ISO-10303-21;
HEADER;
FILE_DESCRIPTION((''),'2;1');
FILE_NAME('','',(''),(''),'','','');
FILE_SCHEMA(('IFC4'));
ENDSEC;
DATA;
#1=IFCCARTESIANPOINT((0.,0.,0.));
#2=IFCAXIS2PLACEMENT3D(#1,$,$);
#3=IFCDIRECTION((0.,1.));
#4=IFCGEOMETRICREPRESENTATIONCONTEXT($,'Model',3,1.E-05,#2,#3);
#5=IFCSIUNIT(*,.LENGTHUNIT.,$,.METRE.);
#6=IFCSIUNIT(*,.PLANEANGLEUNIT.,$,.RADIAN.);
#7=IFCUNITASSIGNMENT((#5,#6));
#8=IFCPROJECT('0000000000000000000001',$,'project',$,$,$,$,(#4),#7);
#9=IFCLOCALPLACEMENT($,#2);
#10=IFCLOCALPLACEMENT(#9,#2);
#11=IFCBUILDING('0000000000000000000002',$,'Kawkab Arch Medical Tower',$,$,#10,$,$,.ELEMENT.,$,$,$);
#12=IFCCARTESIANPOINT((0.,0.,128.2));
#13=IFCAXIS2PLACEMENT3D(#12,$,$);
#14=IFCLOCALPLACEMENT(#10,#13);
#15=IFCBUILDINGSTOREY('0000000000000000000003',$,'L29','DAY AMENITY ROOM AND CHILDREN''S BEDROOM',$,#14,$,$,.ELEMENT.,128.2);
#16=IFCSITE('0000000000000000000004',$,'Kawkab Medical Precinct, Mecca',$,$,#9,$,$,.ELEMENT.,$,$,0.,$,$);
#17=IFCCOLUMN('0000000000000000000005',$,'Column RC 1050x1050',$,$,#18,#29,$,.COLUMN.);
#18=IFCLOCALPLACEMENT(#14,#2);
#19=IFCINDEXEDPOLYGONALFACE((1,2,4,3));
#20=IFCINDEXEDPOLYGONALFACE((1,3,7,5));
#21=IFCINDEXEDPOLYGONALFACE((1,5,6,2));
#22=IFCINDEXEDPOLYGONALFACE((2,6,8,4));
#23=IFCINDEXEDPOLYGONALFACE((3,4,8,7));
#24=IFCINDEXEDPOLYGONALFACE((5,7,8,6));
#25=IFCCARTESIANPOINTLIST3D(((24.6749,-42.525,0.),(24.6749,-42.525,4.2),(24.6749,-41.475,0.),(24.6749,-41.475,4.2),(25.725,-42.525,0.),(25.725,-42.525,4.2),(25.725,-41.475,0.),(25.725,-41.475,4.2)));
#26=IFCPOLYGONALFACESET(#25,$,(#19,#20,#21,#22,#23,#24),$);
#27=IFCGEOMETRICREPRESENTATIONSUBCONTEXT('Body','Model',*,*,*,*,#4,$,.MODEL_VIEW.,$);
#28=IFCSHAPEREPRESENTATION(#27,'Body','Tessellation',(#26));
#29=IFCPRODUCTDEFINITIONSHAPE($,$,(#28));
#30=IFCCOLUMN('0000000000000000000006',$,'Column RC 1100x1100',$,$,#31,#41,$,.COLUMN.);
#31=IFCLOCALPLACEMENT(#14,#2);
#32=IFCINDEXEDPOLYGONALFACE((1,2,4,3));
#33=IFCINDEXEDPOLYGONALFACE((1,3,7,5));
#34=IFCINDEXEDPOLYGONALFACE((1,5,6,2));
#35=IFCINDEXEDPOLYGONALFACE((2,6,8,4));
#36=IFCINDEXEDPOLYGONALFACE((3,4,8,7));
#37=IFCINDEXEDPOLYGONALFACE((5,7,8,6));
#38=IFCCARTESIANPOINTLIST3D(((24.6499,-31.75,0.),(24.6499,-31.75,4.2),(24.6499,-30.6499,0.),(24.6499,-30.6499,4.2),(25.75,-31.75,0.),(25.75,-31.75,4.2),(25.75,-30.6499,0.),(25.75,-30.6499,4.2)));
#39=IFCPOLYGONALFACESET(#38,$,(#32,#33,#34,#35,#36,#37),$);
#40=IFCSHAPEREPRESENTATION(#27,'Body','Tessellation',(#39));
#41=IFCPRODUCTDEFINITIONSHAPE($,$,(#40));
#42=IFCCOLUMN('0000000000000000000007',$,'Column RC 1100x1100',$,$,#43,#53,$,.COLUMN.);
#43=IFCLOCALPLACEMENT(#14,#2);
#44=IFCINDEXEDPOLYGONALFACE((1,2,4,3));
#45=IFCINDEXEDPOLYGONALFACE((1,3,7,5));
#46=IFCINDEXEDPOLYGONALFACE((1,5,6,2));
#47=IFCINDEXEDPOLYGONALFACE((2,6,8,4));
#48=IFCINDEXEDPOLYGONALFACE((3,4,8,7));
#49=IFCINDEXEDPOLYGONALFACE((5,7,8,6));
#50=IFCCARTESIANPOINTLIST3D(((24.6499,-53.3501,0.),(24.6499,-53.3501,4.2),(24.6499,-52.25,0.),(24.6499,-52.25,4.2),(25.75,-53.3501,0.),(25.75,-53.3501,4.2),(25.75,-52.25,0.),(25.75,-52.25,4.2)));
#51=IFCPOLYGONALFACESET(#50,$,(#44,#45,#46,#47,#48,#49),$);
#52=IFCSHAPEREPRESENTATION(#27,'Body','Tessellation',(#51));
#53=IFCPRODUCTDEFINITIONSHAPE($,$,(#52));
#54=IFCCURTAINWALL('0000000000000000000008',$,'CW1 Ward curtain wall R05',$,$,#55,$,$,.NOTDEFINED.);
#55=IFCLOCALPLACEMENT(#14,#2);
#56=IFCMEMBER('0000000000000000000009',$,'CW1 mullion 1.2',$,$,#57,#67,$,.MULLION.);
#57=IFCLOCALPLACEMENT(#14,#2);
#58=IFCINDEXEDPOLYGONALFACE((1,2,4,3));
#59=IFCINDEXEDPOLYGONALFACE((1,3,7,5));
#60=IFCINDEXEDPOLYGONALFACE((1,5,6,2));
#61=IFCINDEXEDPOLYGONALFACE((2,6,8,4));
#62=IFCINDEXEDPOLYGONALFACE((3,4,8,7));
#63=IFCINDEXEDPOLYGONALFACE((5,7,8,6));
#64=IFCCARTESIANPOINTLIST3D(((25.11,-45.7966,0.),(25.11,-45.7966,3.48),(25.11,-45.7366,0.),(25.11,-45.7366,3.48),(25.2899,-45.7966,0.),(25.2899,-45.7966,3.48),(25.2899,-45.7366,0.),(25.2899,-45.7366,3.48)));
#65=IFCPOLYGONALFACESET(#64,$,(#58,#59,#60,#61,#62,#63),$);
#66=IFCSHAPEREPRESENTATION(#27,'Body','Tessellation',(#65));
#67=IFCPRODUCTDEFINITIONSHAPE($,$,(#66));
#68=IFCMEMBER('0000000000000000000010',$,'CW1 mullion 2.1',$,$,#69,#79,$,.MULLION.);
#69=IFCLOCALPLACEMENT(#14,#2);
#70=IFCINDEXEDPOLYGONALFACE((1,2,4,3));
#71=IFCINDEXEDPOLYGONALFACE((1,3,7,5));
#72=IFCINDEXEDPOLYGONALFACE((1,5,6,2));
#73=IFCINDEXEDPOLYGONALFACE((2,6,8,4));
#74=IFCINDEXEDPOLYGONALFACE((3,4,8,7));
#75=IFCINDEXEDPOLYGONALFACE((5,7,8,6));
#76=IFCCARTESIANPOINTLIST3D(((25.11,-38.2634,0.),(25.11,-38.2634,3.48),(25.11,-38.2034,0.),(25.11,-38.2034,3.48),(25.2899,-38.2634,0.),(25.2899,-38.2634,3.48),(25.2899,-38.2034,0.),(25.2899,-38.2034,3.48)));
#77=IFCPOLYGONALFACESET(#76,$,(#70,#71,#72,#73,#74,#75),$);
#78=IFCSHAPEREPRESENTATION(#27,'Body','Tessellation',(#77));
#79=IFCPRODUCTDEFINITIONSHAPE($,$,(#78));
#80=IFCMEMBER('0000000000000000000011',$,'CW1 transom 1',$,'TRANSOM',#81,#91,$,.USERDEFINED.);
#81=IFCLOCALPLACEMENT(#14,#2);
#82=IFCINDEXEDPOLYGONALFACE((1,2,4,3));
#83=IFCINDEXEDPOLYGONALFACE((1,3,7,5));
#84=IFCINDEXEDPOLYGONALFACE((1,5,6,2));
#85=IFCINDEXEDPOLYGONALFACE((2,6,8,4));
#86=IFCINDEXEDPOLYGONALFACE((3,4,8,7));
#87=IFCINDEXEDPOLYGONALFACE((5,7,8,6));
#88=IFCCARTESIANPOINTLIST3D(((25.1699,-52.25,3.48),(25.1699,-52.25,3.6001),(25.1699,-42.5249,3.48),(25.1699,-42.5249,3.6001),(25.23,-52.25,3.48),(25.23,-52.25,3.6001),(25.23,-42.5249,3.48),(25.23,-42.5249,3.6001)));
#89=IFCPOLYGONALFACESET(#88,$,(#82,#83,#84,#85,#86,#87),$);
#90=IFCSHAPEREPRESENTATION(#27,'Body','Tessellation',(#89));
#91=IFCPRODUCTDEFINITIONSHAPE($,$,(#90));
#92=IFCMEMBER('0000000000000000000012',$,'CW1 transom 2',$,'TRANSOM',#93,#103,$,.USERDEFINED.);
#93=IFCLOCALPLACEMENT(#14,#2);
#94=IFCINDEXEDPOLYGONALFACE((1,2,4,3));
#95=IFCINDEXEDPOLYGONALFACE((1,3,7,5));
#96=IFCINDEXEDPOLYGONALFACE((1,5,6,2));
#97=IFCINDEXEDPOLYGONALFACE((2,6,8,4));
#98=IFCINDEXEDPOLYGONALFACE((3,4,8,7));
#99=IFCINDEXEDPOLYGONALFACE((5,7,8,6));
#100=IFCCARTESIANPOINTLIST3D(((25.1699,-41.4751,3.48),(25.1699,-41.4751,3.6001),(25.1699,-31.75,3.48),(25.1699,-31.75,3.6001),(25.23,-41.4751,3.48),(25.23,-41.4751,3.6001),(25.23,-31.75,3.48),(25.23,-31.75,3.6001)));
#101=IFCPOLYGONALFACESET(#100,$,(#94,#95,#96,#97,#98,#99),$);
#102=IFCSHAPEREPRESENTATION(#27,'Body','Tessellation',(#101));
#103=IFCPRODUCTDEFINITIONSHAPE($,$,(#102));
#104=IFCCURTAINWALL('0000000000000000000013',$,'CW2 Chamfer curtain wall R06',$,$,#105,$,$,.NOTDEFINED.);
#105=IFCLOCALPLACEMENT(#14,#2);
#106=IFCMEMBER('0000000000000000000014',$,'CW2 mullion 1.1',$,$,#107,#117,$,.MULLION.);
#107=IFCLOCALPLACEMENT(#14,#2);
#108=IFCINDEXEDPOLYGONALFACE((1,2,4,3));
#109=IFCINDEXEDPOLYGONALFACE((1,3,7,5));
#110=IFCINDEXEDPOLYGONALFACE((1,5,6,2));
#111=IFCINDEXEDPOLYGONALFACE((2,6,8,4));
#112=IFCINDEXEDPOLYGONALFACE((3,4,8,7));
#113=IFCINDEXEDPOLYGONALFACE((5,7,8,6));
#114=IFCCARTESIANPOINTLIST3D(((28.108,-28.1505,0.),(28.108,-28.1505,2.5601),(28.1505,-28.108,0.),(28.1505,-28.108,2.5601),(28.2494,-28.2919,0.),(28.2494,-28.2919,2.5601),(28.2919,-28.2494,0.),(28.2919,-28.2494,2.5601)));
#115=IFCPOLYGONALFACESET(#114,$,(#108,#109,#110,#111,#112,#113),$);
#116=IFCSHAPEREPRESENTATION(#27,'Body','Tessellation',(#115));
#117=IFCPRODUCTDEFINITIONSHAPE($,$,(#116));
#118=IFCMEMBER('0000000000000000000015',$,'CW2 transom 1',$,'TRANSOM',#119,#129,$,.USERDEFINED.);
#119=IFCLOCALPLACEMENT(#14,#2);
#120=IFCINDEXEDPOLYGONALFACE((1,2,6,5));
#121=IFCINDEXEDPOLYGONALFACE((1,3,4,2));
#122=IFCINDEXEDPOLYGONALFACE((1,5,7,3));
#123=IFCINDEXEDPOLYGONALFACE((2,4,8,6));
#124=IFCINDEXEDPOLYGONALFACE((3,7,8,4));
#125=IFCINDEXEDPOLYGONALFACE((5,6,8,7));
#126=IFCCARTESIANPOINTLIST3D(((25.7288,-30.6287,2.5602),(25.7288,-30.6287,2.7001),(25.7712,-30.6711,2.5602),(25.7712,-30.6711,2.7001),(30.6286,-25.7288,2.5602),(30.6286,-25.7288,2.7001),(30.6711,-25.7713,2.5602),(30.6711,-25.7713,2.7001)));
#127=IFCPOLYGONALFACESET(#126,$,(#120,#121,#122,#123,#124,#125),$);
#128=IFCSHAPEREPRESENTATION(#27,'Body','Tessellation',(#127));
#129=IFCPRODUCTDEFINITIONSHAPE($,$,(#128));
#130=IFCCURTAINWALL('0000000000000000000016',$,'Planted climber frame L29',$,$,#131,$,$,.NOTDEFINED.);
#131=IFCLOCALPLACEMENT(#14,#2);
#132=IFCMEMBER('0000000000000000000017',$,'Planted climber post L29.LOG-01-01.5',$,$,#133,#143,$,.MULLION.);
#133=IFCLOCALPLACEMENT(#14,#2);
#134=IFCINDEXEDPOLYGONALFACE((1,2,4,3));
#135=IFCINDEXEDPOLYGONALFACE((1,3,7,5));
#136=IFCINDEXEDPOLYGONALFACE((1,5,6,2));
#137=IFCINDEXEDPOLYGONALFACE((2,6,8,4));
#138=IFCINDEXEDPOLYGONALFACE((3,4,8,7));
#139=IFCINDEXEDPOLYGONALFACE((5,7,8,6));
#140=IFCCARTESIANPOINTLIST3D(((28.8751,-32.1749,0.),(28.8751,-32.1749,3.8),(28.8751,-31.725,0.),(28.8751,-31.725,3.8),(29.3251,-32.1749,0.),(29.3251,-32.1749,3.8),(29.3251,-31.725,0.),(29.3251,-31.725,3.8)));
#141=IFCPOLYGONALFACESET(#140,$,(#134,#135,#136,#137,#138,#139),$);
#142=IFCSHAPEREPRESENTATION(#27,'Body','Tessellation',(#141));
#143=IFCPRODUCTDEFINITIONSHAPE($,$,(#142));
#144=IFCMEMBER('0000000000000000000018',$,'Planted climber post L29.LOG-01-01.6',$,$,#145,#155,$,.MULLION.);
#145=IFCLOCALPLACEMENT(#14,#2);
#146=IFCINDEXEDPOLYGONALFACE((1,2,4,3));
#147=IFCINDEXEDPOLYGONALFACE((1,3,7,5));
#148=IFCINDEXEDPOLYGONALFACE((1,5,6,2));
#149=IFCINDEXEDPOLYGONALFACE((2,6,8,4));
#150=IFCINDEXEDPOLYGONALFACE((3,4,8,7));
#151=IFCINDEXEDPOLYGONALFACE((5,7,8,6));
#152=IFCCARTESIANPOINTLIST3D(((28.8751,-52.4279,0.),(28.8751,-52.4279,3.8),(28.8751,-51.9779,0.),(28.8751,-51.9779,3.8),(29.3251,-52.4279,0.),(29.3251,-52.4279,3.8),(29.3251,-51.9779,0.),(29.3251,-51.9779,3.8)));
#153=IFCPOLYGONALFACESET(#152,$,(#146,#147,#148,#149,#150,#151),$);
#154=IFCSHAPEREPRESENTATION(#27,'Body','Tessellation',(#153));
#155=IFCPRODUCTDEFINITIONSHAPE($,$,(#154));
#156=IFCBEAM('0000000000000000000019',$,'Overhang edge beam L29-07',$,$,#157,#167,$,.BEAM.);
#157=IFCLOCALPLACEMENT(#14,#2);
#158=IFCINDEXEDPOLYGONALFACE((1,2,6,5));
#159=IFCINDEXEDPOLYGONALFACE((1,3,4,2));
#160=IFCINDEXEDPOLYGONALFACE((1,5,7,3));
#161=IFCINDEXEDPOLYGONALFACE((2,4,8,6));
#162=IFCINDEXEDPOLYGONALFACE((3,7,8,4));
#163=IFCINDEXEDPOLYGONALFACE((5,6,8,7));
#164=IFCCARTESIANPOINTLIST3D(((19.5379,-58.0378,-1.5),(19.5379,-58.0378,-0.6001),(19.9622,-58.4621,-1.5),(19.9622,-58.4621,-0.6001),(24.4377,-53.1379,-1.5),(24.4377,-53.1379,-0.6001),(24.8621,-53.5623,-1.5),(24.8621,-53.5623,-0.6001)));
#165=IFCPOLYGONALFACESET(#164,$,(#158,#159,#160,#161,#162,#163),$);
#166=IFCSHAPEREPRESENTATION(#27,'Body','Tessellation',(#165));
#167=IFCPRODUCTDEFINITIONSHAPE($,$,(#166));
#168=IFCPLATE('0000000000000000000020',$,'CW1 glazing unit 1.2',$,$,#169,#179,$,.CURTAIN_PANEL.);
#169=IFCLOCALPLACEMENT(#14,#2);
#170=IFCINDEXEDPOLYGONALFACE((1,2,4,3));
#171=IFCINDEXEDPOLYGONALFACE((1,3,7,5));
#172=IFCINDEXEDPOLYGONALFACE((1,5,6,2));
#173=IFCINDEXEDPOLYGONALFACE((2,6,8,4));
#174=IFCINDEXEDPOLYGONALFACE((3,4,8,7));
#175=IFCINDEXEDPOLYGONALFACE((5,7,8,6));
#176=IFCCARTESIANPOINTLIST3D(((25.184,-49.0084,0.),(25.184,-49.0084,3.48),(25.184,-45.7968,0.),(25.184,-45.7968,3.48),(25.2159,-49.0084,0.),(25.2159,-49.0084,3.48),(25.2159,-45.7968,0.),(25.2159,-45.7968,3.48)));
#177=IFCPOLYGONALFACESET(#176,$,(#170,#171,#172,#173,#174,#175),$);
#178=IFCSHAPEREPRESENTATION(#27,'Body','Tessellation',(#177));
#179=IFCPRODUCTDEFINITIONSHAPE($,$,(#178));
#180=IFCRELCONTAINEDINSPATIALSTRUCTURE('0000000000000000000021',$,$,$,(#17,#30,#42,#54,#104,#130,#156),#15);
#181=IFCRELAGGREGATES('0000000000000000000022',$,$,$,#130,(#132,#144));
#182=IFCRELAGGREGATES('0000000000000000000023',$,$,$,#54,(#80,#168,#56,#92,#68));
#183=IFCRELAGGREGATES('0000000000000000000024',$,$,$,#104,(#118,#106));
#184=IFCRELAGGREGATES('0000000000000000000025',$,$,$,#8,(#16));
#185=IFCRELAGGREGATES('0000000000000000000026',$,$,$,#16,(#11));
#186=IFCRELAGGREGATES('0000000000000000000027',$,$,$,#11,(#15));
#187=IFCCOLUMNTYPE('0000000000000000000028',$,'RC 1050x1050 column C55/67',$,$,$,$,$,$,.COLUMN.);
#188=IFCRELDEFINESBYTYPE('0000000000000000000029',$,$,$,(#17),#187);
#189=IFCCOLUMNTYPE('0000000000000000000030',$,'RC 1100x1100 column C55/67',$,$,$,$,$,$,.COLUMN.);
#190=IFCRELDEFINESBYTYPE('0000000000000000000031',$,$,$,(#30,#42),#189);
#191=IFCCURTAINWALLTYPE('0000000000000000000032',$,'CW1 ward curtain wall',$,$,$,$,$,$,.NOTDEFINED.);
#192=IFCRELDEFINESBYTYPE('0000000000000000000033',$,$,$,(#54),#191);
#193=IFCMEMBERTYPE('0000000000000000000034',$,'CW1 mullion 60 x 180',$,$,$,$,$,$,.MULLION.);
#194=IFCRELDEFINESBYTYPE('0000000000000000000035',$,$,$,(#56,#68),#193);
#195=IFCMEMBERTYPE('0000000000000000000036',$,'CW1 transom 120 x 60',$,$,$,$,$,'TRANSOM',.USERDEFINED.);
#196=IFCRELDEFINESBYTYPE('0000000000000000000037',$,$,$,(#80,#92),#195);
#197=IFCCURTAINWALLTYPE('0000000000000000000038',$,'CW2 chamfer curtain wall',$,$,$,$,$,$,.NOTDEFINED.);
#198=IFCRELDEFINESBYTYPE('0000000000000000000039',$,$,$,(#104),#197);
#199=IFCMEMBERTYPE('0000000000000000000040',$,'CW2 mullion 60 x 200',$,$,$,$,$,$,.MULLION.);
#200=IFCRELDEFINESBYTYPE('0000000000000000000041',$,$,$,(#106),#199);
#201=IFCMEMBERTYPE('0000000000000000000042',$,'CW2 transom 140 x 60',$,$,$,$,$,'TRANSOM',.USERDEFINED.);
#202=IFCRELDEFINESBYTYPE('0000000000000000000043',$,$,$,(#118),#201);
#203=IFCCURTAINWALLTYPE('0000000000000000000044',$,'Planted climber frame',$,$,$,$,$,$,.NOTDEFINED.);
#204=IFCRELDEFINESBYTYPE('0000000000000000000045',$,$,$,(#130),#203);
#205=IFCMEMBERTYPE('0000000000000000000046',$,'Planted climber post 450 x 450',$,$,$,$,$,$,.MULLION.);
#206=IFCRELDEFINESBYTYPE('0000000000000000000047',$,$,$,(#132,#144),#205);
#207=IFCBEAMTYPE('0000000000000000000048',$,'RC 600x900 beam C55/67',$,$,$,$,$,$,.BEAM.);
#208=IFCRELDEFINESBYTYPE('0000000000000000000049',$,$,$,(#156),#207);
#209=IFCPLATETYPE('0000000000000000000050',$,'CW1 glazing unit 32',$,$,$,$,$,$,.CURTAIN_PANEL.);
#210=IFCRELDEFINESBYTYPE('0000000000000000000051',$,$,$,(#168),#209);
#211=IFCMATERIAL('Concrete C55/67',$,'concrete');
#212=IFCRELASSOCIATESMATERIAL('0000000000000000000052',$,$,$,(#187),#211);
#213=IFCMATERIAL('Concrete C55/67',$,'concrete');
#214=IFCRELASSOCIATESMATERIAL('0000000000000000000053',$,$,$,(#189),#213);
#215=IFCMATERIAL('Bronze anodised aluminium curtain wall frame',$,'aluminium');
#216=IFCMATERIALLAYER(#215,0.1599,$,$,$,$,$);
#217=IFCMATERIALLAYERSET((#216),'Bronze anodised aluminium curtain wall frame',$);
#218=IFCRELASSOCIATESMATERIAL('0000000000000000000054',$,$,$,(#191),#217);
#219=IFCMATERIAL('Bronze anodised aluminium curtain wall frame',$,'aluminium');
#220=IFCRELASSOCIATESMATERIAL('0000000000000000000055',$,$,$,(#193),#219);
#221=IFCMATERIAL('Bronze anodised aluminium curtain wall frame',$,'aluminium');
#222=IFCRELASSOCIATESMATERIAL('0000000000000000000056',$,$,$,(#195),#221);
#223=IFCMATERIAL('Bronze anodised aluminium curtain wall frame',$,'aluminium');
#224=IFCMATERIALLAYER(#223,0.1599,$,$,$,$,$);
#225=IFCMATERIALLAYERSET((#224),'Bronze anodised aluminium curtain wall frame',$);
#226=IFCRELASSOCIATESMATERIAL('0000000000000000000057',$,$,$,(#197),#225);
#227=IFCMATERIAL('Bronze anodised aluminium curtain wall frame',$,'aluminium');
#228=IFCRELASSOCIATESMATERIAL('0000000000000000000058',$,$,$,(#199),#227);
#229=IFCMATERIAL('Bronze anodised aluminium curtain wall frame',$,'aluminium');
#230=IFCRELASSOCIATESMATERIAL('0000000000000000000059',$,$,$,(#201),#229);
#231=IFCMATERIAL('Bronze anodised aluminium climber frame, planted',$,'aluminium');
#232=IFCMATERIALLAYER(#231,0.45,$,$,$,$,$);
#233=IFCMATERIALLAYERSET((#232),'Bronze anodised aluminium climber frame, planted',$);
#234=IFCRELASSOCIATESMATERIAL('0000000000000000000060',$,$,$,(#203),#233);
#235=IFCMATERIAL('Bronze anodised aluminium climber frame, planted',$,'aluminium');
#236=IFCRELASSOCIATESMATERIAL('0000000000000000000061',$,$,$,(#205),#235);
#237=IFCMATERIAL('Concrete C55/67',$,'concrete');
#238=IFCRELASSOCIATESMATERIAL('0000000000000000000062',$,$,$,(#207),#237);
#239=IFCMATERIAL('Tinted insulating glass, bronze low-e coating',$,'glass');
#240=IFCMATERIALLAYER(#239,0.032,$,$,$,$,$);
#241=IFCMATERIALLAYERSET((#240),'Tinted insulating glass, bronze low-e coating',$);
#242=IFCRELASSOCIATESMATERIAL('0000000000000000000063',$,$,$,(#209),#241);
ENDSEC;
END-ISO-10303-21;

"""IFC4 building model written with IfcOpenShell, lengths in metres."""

from ifc_helpers import new_model, si_unit, direction, frame, origin, origin_2d, place, context, subcontext, project, spatial, rectangle, extrude, material, layer, layer_set, material_profile, profile_set, type_object, element, aggregate, save


model = new_model("IFC4")

# Units and contexts
model_context = context("Model", 3, precision=1e-05, world=origin(), true_north=direction((0.0, 1.0)))
body_context = subcontext(model_context, "Body", "Model", "MODEL_VIEW")
ifc_project = project(units=[si_unit("LENGTHUNIT", "METRE"), si_unit("PLANEANGLEUNIT", "RADIAN")], contexts=[model_context])

# Site, building, storey
site_placement = place(None, origin())
site = spatial("IfcSite", under=ifc_project, at=site_placement, Name="Kawkab Medical Precinct, Mecca", CompositionType="ELEMENT", RefElevation=0.0)
building_placement = place(site_placement, origin())
building = spatial("IfcBuilding", under=site, at=building_placement, Name="Kawkab Arch Medical Tower", CompositionType="ELEMENT")
storey_placement = place(building_placement, frame((0.0, 0.0, 128.2)))
storey = spatial("IfcBuildingStorey", under=building, at=storey_placement, Name="L29", Description="DAY AMENITY ROOM AND CHILDREN'S BEDROOM", CompositionType="ELEMENT", Elevation=128.2)

# Columns
ifc_material_1 = material(Name="Concrete C55/67", Category="concrete")
ifc_material_profile_1 = material_profile(ifc_material_1, rectangle(XDim=1.05, YDim=1.05, at=origin_2d()), Name="RC 1050x1050")
ifc_profile_set_1 = profile_set([ifc_material_profile_1], Name="Concrete C55/67")
column_type_1 = type_object("IfcColumnType", Name="RC 1050x1050 column C55/67", PredefinedType="COLUMN", material=ifc_profile_set_1)
column_placement = place(storey_placement, frame((25.2, -42.0, 0.0), z_axis=(0.0, 0.0, 1.0), x_axis=(1.0, 0.0, 0.0)))
element("IfcColumn", 1, at=column_placement, inside=storey, type_object=column_type_1, Name="Column RC 1050x1050", PredefinedType="COLUMN", context=body_context, shape_type="SweptSolid", body=[
    extrude(rectangle(XDim=1.05, YDim=1.05, at=origin_2d()), origin(), (0.0, 0.0, 1.0), 4.2),
])
ifc_material_2 = material(Name="Concrete C55/67", Category="concrete")
ifc_material_profile_2 = material_profile(ifc_material_2, rectangle(XDim=1.1001, YDim=1.1001, at=origin_2d()), Name="RC 1100x1100")
ifc_profile_set_2 = profile_set([ifc_material_profile_2], Name="Concrete C55/67")
column_type_2 = type_object("IfcColumnType", Name="RC 1100x1100 column C55/67", PredefinedType="COLUMN", material=ifc_profile_set_2)
for number, where, z_axis, x_axis, name in (
    (2, (25.2, -31.2, 0.0), (0.0, 0.0, 1.0), (1.0, 0.0, 0.0), "Column RC 1100x1100"),
    (3, (25.2, -52.8, 0.0), (0.0, 0.0, 1.0), (1.0, 0.0, 0.0), "Column RC 1100x1100"),
):
    element("IfcColumn", number, at=place(storey_placement, frame(where, z_axis=z_axis, x_axis=x_axis)), inside=storey, type_object=column_type_2, Name=name, PredefinedType="COLUMN", context=body_context, shape_type="SweptSolid", body=[
        extrude(rectangle(XDim=1.1001, YDim=1.1001, at=origin_2d()), origin(), (0.0, 0.0, 1.0), 4.2),
    ])

# Curtain walls, members
ifc_material_3 = material(Name="Bronze anodised aluminium curtain wall frame", Category="aluminium")
ifc_layer_1 = layer(ifc_material_3, 0.1599)
ifc_layer_set_1 = layer_set([ifc_layer_1], Name="Bronze anodised aluminium curtain wall frame")
curtain_wall_type_1 = type_object("IfcCurtainWallType", Name="CW1 ward curtain wall", PredefinedType="NOTDEFINED", material=ifc_layer_set_1)
placement = place(storey_placement, origin())
curtain_wall_1 = element("IfcCurtainWall", 4, at=placement, inside=storey, type_object=curtain_wall_type_1, Name="CW1 Ward curtain wall R05", PredefinedType="NOTDEFINED")
ifc_material_4 = material(Name="Bronze anodised aluminium curtain wall frame", Category="aluminium")
ifc_material_profile_3 = material_profile(ifc_material_4, rectangle(XDim=0.1799, YDim=0.0601, at=origin_2d()), Name="AL 60x180")
ifc_profile_set_3 = profile_set([ifc_material_profile_3], Name="Bronze anodised aluminium curtain wall frame")
member_type_1 = type_object("IfcMemberType", Name="CW1 mullion 60 x 180", PredefinedType="MULLION", material=ifc_profile_set_3)
member_1_placement = place(storey_placement, frame((25.2, -45.7666, 0.0), z_axis=(0.0, 0.0, 1.0), x_axis=(-1.0, 0.0, 0.0)))
member_1 = element("IfcMember", 5, at=member_1_placement, type_object=member_type_1, Name="CW1 mullion 1.2", PredefinedType="MULLION", context=body_context, shape_type="SweptSolid", body=[
    extrude(rectangle(XDim=0.1799, YDim=0.0601, at=origin_2d()), origin(), (0.0, 0.0, 1.0), 3.48),
])
member_2_placement = place(storey_placement, frame((25.2, -38.2334, 0.0), z_axis=(0.0, 0.0, 1.0), x_axis=(-1.0, 0.0, 0.0)))
member_2 = element("IfcMember", 6, at=member_2_placement, type_object=member_type_1, Name="CW1 mullion 2.1", PredefinedType="MULLION", context=body_context, shape_type="SweptSolid", body=[
    extrude(rectangle(XDim=0.1799, YDim=0.0601, at=origin_2d()), origin(), (0.0, 0.0, 1.0), 3.48),
])
ifc_material_5 = material(Name="Bronze anodised aluminium curtain wall frame", Category="aluminium")
ifc_material_profile_4 = material_profile(ifc_material_5, rectangle(XDim=0.0601, YDim=0.1201, at=origin_2d()), Name="AL 60x120")
ifc_profile_set_4 = profile_set([ifc_material_profile_4], Name="Bronze anodised aluminium curtain wall frame")
member_type_2 = type_object("IfcMemberType", Name="CW1 transom 120 x 60", ElementType="TRANSOM", PredefinedType="USERDEFINED", material=ifc_profile_set_4)
member_3_placement = place(storey_placement, frame((25.2, -52.25, 3.54), z_axis=(0.0, 1.0, 0.0), x_axis=(-1.0, 0.0, 0.0)))
member_3 = element("IfcMember", 7, at=member_3_placement, type_object=member_type_2, Name="CW1 transom 1", ObjectType="TRANSOM", PredefinedType="USERDEFINED", context=body_context, shape_type="SweptSolid", body=[
    extrude(rectangle(XDim=0.0601, YDim=0.1201, at=origin_2d()), origin(), (0.0, 0.0, 1.0), 9.7251),
])
member_4_placement = place(storey_placement, frame((25.2, -41.4751, 3.54), z_axis=(0.0, 1.0, 0.0), x_axis=(-1.0, 0.0, 0.0)))
member_4 = element("IfcMember", 8, at=member_4_placement, type_object=member_type_2, Name="CW1 transom 2", ObjectType="TRANSOM", PredefinedType="USERDEFINED", context=body_context, shape_type="SweptSolid", body=[
    extrude(rectangle(XDim=0.0601, YDim=0.1201, at=origin_2d()), origin(), (0.0, 0.0, 1.0), 9.7251),
])
ifc_material_6 = material(Name="Bronze anodised aluminium curtain wall frame", Category="aluminium")
ifc_layer_2 = layer(ifc_material_6, 0.1599)
ifc_layer_set_2 = layer_set([ifc_layer_2], Name="Bronze anodised aluminium curtain wall frame")
curtain_wall_type_2 = type_object("IfcCurtainWallType", Name="CW2 chamfer curtain wall", PredefinedType="NOTDEFINED", material=ifc_layer_set_2)
curtain_wall_2 = element("IfcCurtainWall", 9, at=placement, inside=storey, type_object=curtain_wall_type_2, Name="CW2 Chamfer curtain wall R06", PredefinedType="NOTDEFINED")
ifc_material_7 = material(Name="Bronze anodised aluminium curtain wall frame", Category="aluminium")
ifc_material_profile_5 = material_profile(ifc_material_7, rectangle(XDim=0.2, YDim=0.0601, at=origin_2d()), Name="AL 60x200")
ifc_profile_set_5 = profile_set([ifc_material_profile_5], Name="Bronze anodised aluminium curtain wall frame")
member_type_3 = type_object("IfcMemberType", Name="CW2 mullion 60 x 200", PredefinedType="MULLION", material=ifc_profile_set_5)
member_5_placement = place(storey_placement, frame((28.2, -28.2, 0.0), z_axis=(0.0, 0.0, 1.0), x_axis=(-0.707107, 0.707107, 0.0)))
member_5 = element("IfcMember", 10, at=member_5_placement, type_object=member_type_3, Name="CW2 mullion 1.1", PredefinedType="MULLION", context=body_context, shape_type="SweptSolid", body=[
    extrude(rectangle(XDim=0.2, YDim=0.0601, at=origin_2d()), origin(), (0.0, 0.0, 1.0), 2.5601),
])
ifc_material_8 = material(Name="Bronze anodised aluminium curtain wall frame", Category="aluminium")
ifc_material_profile_6 = material_profile(ifc_material_8, rectangle(XDim=0.0601, YDim=0.1399, at=origin_2d()), Name="AL 60x140")
ifc_profile_set_6 = profile_set([ifc_material_profile_6], Name="Bronze anodised aluminium curtain wall frame")
member_type_4 = type_object("IfcMemberType", Name="CW2 transom 140 x 60", ElementType="TRANSOM", PredefinedType="USERDEFINED", material=ifc_profile_set_6)
member_6_placement = place(storey_placement, frame((25.75, -30.6499, 2.6301), z_axis=(0.707107, 0.707107, 0.0), x_axis=(-0.707107, 0.707107, 0.0)))
member_6 = element("IfcMember", 11, at=member_6_placement, type_object=member_type_4, Name="CW2 transom 1", ObjectType="TRANSOM", PredefinedType="USERDEFINED", context=body_context, shape_type="SweptSolid", body=[
    extrude(rectangle(XDim=0.0601, YDim=0.1399, at=origin_2d()), origin(), (0.0, 0.0, 1.0), 6.9294),
])
ifc_material_9 = material(Name="Bronze anodised aluminium climber frame, planted", Category="aluminium")
ifc_layer_3 = layer(ifc_material_9, 0.45)
ifc_layer_set_3 = layer_set([ifc_layer_3], Name="Bronze anodised aluminium climber frame, planted")
curtain_wall_type_3 = type_object("IfcCurtainWallType", Name="Planted climber frame", PredefinedType="NOTDEFINED", material=ifc_layer_set_3)
curtain_wall_3 = element("IfcCurtainWall", 12, at=placement, inside=storey, type_object=curtain_wall_type_3, Name="Planted climber frame L29", PredefinedType="NOTDEFINED")
ifc_material_10 = material(Name="Bronze anodised aluminium climber frame, planted", Category="aluminium")
ifc_material_profile_7 = material_profile(ifc_material_10, rectangle(XDim=0.45, YDim=0.45, at=origin_2d()), Name="Post 450x450")
ifc_profile_set_7 = profile_set([ifc_material_profile_7], Name="Bronze anodised aluminium climber frame, planted")
member_type_5 = type_object("IfcMemberType", Name="Planted climber post 450 x 450", PredefinedType="MULLION", material=ifc_profile_set_7)
member_7_placement = place(storey_placement, frame((29.1001, -31.95, 0.0), z_axis=(0.0, 0.0, 1.0), x_axis=(1.0, 0.0, 0.0)))
member_7 = element("IfcMember", 13, at=member_7_placement, type_object=member_type_5, Name="Planted climber post L29.LOG-01-01.5", PredefinedType="MULLION", context=body_context, shape_type="SweptSolid", body=[
    extrude(rectangle(XDim=0.45, YDim=0.45, at=origin_2d()), origin(), (0.0, 0.0, 1.0), 3.8),
])
member_8_placement = place(storey_placement, frame((29.1001, -52.2029, 0.0), z_axis=(0.0, 0.0, 1.0), x_axis=(1.0, 0.0, 0.0)))
member_8 = element("IfcMember", 14, at=member_8_placement, type_object=member_type_5, Name="Planted climber post L29.LOG-01-01.6", PredefinedType="MULLION", context=body_context, shape_type="SweptSolid", body=[
    extrude(rectangle(XDim=0.45, YDim=0.45, at=origin_2d()), origin(), (0.0, 0.0, 1.0), 3.8),
])
aggregate(curtain_wall_3, [member_7, member_8])

# Beam
ifc_material_11 = material(Name="Concrete C55/67", Category="concrete")
ifc_material_profile_8 = material_profile(ifc_material_11, rectangle(XDim=0.6001, YDim=0.8999, at=origin_2d()), Name="RC 600x900")
ifc_profile_set_8 = profile_set([ifc_material_profile_8], Name="Concrete C55/67")
beam_type = type_object("IfcBeamType", Name="RC 600x900 beam C55/67", PredefinedType="BEAM", material=ifc_profile_set_8)
beam_placement = place(storey_placement, frame((24.6499, -53.3501, -1.05), z_axis=(-0.707107, -0.707107, 0.0), x_axis=(0.707107, -0.707107, 0.0)))
element("IfcBeam", 15, at=beam_placement, inside=storey, type_object=beam_type, Name="Overhang edge beam L29-07", PredefinedType="BEAM", context=body_context, shape_type="SweptSolid", body=[
    extrude(rectangle(XDim=0.6001, YDim=0.8999, at=origin_2d()), origin(), (0.0, 0.0, 1.0), 6.9294),
])

# Plate
ifc_material_12 = material(Name="Tinted insulating glass, bronze low-e coating", Category="glass")
ifc_layer_4 = layer(ifc_material_12, 0.032)
ifc_layer_set_4 = layer_set([ifc_layer_4], Name="Tinted insulating glass, bronze low-e coating")
plate_type_1 = type_object("IfcPlateType", Name="CW1 glazing unit 32", PredefinedType="CURTAIN_PANEL", material=ifc_layer_set_4)
plate_1_placement = place(storey_placement, frame((25.2, -47.4026, 0.0), z_axis=(0.0, 0.0, 1.0), x_axis=(0.0, 1.0, 0.0)))
plate_1 = element("IfcPlate", 16, at=plate_1_placement, type_object=plate_type_1, Name="CW1 glazing unit 1.2", PredefinedType="CURTAIN_PANEL", context=body_context, shape_type="SweptSolid", body=[
    extrude(rectangle(XDim=3.2117, YDim=0.032, at=origin_2d()), origin(), (0.0, 0.0, 1.0), 3.48),
])
aggregate(curtain_wall_1, [member_3, plate_1, member_1, member_4, member_2])
aggregate(curtain_wall_2, [member_6, member_5])

save(model, "model.ifc")
